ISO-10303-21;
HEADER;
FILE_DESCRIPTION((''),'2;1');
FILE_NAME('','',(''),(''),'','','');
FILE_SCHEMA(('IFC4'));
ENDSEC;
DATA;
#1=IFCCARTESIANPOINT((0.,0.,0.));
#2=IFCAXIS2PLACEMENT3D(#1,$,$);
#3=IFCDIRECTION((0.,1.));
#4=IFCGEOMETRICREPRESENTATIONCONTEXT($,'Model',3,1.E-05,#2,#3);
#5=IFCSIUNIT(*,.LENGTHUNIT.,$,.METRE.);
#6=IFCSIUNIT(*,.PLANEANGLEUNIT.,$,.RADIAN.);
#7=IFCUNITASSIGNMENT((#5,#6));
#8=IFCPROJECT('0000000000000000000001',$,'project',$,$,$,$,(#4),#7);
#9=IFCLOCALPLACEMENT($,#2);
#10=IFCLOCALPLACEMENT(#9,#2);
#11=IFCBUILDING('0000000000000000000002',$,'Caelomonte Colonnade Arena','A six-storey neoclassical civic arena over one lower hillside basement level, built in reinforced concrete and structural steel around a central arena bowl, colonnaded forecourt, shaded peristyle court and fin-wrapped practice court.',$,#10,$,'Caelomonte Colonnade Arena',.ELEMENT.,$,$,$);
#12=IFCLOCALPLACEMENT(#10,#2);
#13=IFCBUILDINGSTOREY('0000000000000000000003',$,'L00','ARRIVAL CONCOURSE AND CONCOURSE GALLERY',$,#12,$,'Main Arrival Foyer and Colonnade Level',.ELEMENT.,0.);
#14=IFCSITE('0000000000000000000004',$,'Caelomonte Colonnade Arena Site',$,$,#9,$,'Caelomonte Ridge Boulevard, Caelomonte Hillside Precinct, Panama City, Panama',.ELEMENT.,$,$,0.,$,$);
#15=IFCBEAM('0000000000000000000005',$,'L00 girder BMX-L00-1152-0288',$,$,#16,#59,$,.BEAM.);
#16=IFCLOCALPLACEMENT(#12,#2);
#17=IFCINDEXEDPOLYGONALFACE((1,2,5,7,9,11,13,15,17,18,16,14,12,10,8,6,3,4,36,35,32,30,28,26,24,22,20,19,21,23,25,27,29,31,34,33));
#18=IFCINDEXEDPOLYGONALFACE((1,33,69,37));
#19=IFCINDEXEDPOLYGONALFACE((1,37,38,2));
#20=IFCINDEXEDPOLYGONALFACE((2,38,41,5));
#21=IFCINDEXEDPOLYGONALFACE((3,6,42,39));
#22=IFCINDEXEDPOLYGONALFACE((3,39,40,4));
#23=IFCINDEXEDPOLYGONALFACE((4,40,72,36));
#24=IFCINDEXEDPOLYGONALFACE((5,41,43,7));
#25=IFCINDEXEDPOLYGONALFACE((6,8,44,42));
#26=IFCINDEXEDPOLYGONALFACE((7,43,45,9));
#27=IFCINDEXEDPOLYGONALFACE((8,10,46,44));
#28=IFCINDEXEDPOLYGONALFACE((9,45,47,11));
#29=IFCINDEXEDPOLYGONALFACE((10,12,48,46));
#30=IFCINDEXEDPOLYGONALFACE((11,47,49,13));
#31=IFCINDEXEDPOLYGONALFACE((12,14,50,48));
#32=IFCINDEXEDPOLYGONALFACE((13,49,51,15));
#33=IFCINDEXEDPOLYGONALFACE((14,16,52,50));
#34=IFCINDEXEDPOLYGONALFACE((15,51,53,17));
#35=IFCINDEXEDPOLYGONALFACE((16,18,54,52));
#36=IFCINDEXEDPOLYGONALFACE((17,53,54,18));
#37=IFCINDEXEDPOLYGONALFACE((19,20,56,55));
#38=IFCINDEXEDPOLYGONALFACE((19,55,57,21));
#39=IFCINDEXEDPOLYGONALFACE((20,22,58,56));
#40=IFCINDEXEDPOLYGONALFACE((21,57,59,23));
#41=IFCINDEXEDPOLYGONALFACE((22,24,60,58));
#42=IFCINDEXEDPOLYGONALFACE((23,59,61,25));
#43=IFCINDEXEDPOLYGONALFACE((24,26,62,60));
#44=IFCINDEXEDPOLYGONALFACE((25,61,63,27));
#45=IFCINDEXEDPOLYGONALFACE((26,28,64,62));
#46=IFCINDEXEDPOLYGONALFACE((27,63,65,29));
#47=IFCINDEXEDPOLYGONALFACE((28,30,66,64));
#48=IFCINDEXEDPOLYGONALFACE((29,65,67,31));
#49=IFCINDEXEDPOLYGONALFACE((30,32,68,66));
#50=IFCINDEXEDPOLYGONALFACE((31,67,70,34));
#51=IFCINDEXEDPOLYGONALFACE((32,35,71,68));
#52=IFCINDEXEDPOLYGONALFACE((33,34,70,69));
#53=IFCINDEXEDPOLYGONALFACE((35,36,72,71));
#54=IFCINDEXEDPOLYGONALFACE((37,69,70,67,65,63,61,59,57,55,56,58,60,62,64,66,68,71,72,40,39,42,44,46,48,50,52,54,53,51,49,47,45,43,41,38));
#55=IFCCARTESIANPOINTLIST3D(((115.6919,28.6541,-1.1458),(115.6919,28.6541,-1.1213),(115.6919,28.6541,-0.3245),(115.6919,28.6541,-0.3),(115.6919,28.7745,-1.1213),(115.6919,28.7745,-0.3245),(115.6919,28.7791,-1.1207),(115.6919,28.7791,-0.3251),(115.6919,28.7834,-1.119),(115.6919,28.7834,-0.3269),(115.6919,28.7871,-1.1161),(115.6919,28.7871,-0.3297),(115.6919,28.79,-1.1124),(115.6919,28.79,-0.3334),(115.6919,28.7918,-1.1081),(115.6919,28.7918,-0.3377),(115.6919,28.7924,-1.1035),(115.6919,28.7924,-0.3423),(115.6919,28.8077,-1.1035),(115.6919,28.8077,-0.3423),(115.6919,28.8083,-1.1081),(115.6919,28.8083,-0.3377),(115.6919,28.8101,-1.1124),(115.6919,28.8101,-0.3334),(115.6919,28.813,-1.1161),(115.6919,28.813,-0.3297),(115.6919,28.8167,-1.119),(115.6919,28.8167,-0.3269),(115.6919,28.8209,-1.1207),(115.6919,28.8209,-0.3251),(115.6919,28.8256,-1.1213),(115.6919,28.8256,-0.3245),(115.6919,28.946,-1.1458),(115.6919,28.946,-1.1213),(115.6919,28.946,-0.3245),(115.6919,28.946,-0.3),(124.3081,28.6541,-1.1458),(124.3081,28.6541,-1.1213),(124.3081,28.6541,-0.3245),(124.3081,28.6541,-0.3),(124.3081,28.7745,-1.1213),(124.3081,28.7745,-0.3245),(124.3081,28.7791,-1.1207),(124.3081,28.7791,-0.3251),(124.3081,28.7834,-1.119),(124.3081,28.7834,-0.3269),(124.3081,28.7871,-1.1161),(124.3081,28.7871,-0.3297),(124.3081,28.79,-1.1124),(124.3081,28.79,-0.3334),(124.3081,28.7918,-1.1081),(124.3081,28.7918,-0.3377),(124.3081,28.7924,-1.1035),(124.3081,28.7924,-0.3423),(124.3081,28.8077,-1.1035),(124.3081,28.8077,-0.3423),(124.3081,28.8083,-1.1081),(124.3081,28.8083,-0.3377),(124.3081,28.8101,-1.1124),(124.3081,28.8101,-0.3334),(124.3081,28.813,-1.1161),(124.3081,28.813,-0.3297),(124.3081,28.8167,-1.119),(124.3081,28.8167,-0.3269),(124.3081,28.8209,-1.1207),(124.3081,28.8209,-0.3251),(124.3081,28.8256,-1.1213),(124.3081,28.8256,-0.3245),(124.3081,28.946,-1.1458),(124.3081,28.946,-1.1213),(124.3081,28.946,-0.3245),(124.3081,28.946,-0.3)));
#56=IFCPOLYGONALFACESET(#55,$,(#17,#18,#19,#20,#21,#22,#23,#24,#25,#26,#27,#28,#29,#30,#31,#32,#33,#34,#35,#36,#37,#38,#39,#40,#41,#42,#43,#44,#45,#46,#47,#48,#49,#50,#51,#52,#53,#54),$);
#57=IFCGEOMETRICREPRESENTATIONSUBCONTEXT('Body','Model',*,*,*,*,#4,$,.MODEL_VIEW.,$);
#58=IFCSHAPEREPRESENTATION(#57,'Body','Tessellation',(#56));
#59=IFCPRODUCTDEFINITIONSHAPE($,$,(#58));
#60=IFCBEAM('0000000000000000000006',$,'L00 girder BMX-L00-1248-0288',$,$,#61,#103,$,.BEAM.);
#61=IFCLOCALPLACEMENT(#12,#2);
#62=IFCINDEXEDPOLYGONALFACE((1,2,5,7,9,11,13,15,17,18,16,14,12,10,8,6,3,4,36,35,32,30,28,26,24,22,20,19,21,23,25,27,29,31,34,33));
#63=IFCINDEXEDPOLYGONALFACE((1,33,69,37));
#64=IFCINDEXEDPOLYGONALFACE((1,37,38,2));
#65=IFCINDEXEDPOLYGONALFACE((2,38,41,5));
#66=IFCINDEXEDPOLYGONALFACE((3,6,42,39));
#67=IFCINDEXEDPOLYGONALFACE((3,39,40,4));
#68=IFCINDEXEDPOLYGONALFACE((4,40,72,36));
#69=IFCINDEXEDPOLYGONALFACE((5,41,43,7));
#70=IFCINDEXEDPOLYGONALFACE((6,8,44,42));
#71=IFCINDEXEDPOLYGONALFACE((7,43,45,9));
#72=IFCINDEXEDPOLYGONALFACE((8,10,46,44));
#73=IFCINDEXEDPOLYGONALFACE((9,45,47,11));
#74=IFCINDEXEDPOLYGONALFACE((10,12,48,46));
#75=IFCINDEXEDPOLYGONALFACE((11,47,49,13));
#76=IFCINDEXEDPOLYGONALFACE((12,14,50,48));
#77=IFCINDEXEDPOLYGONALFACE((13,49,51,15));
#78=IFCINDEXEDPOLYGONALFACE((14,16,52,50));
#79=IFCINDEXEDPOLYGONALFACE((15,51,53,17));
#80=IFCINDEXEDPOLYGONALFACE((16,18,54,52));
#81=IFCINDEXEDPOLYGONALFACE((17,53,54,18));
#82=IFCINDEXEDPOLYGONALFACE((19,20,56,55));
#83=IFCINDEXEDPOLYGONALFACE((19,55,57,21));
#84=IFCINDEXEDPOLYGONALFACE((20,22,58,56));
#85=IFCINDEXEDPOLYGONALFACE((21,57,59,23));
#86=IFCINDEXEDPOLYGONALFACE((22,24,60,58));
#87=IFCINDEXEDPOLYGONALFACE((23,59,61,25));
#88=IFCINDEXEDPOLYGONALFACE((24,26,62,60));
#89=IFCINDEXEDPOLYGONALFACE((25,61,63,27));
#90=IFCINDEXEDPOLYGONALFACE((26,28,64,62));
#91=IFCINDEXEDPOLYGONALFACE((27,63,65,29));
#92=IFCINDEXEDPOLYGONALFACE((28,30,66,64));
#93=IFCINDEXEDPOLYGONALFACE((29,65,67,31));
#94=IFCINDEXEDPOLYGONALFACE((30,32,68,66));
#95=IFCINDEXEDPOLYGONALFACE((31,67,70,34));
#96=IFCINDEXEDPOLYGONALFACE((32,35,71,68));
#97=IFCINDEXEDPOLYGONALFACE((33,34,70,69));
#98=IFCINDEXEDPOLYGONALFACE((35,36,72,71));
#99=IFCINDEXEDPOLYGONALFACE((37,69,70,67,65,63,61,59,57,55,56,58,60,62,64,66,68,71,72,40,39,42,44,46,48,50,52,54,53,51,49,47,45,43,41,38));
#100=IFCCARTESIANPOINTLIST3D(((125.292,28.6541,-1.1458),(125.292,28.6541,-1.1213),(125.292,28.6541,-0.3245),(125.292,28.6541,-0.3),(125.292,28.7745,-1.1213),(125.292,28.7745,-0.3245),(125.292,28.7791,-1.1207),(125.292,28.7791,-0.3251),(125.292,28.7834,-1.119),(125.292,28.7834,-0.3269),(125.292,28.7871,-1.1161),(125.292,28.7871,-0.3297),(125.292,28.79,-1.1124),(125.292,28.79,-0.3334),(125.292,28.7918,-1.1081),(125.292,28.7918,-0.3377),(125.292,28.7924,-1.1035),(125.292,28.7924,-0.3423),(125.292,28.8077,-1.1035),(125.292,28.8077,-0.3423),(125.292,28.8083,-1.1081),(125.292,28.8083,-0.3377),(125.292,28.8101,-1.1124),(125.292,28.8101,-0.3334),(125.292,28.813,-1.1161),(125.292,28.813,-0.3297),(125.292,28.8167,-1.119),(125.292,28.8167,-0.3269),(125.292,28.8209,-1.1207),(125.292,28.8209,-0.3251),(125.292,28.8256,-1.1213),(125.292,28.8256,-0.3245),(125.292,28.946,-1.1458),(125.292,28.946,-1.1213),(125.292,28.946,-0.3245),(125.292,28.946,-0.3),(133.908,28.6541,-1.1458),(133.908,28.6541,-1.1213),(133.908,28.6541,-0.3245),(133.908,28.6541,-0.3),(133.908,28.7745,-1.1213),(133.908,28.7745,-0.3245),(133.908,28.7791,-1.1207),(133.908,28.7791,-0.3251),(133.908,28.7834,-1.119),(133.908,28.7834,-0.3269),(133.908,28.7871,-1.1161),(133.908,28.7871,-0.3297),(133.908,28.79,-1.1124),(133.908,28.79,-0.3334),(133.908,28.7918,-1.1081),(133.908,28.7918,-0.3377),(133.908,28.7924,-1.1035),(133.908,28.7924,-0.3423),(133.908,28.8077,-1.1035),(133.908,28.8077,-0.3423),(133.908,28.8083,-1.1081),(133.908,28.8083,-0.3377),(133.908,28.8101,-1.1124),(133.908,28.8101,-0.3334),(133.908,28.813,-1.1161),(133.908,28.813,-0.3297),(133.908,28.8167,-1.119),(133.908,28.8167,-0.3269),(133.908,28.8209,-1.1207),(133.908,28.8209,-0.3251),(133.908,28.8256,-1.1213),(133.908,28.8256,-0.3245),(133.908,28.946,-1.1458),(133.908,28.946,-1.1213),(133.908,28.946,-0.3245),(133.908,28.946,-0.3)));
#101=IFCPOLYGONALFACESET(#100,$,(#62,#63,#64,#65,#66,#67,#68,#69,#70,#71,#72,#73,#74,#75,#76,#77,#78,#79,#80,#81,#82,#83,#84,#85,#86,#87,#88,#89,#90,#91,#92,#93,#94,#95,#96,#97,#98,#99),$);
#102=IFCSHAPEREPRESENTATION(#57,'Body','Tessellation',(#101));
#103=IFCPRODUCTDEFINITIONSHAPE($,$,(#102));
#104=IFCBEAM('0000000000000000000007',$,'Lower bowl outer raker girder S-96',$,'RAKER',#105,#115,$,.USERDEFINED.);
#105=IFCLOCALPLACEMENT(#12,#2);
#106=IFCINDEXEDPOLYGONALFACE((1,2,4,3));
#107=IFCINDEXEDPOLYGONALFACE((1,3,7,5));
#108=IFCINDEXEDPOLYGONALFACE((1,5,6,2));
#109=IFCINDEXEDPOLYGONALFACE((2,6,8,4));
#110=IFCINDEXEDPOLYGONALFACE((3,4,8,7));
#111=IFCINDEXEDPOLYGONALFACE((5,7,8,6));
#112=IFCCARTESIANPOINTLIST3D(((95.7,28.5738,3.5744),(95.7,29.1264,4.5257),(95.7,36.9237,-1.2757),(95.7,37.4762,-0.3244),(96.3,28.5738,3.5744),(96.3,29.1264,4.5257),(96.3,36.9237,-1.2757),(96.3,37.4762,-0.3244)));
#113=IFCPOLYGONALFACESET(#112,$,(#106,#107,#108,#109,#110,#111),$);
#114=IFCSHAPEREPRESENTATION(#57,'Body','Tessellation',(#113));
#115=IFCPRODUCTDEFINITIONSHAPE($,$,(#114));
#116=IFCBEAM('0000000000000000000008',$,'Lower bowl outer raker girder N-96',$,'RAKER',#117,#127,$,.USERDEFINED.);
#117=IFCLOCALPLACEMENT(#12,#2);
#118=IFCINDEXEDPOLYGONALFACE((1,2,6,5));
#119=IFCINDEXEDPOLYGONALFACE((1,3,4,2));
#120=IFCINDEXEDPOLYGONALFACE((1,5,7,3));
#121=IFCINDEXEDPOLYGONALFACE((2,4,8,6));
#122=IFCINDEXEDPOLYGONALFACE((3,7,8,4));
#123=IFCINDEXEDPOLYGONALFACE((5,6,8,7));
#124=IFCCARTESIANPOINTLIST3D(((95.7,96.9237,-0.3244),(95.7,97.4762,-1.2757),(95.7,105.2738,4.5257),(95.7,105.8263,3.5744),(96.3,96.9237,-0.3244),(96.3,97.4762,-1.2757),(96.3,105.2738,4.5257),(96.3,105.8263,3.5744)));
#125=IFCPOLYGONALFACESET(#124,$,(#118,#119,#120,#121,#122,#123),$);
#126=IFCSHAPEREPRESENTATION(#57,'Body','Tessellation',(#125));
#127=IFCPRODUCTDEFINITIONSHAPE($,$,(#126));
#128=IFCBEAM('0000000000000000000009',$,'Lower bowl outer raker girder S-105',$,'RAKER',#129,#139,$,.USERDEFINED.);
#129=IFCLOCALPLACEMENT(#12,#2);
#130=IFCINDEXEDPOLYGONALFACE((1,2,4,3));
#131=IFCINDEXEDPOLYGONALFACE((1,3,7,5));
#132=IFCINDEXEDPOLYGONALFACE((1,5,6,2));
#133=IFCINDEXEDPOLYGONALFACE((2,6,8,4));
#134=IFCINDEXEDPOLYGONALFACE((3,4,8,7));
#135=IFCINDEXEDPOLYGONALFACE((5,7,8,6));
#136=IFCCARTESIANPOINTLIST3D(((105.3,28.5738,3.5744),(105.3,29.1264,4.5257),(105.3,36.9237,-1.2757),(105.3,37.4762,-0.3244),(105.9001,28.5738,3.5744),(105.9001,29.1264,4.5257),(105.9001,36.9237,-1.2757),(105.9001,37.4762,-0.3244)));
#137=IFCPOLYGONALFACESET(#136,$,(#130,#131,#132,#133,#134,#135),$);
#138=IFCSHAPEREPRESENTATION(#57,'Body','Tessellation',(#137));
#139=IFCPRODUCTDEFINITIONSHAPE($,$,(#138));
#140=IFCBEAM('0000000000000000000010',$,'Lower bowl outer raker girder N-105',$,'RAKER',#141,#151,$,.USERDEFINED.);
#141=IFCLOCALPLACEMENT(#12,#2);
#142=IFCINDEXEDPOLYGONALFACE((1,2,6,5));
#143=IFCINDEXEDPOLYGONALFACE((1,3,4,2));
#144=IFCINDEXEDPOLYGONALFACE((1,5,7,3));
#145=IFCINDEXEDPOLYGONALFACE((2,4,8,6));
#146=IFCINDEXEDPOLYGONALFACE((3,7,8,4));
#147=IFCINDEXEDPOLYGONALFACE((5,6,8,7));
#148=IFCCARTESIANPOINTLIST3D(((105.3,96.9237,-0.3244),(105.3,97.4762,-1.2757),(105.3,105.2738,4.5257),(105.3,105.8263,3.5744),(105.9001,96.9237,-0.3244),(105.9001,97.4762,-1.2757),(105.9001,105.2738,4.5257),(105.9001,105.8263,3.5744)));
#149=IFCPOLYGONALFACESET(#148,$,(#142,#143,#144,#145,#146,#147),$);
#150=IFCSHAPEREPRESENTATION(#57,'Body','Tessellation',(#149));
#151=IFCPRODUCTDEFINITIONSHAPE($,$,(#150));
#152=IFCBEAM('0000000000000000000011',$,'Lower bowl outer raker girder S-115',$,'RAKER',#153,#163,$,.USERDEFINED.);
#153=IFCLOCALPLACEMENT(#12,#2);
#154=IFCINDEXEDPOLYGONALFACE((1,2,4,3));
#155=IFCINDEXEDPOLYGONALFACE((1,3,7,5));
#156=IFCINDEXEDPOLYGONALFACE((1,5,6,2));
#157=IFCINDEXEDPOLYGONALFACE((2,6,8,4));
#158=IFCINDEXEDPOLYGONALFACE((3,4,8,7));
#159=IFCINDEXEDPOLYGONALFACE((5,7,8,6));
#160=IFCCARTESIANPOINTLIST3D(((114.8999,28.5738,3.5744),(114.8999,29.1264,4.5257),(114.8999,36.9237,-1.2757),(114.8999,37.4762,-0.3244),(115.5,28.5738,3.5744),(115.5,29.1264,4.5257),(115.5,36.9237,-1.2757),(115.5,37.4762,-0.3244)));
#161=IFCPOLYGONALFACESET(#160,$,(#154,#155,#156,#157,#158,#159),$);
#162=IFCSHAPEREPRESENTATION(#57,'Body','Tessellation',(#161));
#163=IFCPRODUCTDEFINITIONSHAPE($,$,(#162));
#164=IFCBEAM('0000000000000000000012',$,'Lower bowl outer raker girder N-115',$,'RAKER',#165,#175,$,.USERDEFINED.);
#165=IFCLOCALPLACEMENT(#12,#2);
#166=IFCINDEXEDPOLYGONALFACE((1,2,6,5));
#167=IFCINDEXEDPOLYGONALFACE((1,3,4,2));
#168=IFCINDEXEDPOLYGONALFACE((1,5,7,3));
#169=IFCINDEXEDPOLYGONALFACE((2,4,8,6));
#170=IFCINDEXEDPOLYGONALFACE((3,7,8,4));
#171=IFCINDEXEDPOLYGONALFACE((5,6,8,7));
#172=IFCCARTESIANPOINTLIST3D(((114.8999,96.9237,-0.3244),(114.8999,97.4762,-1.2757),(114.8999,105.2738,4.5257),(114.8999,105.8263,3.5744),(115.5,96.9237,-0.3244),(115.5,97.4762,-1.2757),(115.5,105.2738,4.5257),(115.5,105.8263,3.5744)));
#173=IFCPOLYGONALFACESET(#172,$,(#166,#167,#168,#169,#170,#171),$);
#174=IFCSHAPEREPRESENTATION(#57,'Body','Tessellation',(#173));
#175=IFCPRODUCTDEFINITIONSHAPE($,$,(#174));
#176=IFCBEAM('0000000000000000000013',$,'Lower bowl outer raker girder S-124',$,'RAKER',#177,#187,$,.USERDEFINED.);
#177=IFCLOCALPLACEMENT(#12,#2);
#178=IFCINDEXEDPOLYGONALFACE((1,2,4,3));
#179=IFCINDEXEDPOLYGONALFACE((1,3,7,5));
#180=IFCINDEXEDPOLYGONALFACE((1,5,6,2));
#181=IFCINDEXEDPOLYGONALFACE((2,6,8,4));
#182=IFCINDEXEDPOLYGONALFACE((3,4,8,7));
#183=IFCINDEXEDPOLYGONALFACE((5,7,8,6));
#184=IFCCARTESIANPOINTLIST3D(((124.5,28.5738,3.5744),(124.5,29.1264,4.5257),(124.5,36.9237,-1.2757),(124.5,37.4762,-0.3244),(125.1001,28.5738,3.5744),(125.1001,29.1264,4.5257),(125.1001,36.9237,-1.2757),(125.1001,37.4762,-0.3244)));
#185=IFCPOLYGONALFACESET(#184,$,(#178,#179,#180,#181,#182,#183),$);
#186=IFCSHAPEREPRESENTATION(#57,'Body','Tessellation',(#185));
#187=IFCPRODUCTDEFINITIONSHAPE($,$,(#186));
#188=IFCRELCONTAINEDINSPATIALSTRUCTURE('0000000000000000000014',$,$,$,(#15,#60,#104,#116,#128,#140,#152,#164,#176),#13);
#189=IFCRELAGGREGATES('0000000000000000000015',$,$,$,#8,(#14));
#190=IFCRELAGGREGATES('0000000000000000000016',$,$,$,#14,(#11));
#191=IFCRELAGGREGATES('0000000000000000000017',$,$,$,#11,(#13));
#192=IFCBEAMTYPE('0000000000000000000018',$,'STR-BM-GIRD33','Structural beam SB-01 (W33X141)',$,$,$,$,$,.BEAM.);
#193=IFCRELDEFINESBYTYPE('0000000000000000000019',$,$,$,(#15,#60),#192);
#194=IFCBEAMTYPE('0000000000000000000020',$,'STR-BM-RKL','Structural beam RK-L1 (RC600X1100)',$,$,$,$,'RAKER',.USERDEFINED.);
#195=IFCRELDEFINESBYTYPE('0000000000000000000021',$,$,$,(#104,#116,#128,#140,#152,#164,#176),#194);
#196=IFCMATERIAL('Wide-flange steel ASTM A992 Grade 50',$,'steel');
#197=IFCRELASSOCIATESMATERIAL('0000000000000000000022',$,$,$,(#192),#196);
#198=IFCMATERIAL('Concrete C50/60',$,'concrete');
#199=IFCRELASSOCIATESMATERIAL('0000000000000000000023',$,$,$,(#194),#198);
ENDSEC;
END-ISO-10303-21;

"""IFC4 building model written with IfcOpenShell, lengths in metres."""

from ifc_helpers import new_model, si_unit, direction, frame, origin, origin_2d, place, context, subcontext, project, spatial, rectangle, i_section, extrude, material, material_profile, profile_set, type_object, element, save


model = new_model("IFC4")

# Units and contexts
model_context = context("Model", 3, precision=1e-05, world=origin(), true_north=direction((0.0, 1.0)))
body_context = subcontext(model_context, "Body", "Model", "MODEL_VIEW")
ifc_project = project(units=[si_unit("LENGTHUNIT", "METRE"), si_unit("PLANEANGLEUNIT", "RADIAN")], contexts=[model_context])

# Site, building, storey
site_placement = place(None, origin())
site = spatial("IfcSite", under=ifc_project, at=site_placement, Name="Caelomonte Colonnade Arena Site", LongName="Caelomonte Ridge Boulevard, Caelomonte Hillside Precinct, Panama City, Panama", CompositionType="ELEMENT", RefElevation=0.0)
building_placement = place(site_placement, origin())
building = spatial("IfcBuilding", under=site, at=building_placement, Name="Caelomonte Colonnade Arena", Description="A six-storey neoclassical civic arena over one lower hillside basement level, built in reinforced concrete and structural steel around a central arena bowl, colonnaded forecourt, shaded peristyle court and fin-wrapped practice court.", LongName="Caelomonte Colonnade Arena", CompositionType="ELEMENT")
storey_placement = place(building_placement, origin())
storey = spatial("IfcBuildingStorey", under=building, at=storey_placement, Name="L00", Description="ARRIVAL CONCOURSE AND CONCOURSE GALLERY", LongName="Main Arrival Foyer and Colonnade Level", CompositionType="ELEMENT", Elevation=0.0)

# Shared definitions
ifc_material_1 = material(Name="Concrete C50/60", Category="concrete")

# Beams
ifc_material_2 = material(Name="Wide-flange steel ASTM A992 Grade 50", Category="steel")
ifc_material_profile_1 = material_profile(ifc_material_2, i_section(OverallWidth=0.292, OverallDepth=0.8457, WebThickness=0.0154, FlangeThickness=0.0244, FilletRadius=0.0178, at=origin_2d()), Name="W33X141")
ifc_profile_set_1 = profile_set([ifc_material_profile_1], Name="Wide-flange steel ASTM A992 Grade 50")
beam_type_1 = type_object("IfcBeamType", Name="STR-BM-GIRD33", Description="Structural beam SB-01 (W33X141)", PredefinedType="BEAM", material=ifc_profile_set_1)
beam_1_placement = place(storey_placement, frame((115.6919, 28.8, -0.7229), z_axis=(1.0, 0.0, 0.0), x_axis=(0.0, 1.0, 0.0)))
element("IfcBeam", 1, at=beam_1_placement, inside=storey, type_object=beam_type_1, Name="L00 girder BMX-L00-1152-0288", PredefinedType="BEAM", context=body_context, shape_type="SweptSolid", body=[
    extrude(i_section(OverallWidth=0.292, OverallDepth=0.8457, WebThickness=0.0154, FlangeThickness=0.0244, FilletRadius=0.0178, at=origin_2d()), origin(), (0.0, 0.0, 1.0), 8.6162),
])
beam_2_placement = place(storey_placement, frame((125.292, 28.8, -0.7229), z_axis=(1.0, 0.0, 0.0), x_axis=(0.0, 1.0, 0.0)))
element("IfcBeam", 2, at=beam_2_placement, inside=storey, type_object=beam_type_1, Name="L00 girder BMX-L00-1248-0288", PredefinedType="BEAM", context=body_context, shape_type="SweptSolid", body=[
    extrude(i_section(OverallWidth=0.292, OverallDepth=0.8457, WebThickness=0.0154, FlangeThickness=0.0244, FilletRadius=0.0178, at=origin_2d()), origin(), (0.0, 0.0, 1.0), 8.616),
])
ifc_material_profile_2 = material_profile(ifc_material_1, rectangle(XDim=0.6001, YDim=1.1001, at=origin_2d()), Name="RC600X1100")
ifc_profile_set_2 = profile_set([ifc_material_profile_2], Name="Concrete C50/60")
beam_type_2 = type_object("IfcBeamType", Name="STR-BM-RKL", Description="Structural beam RK-L1 (RC600X1100)", ElementType="RAKER", PredefinedType="USERDEFINED", material=ifc_profile_set_2)
beam_3_placement = place(storey_placement, frame((96.0, 37.2, -0.8), z_axis=(0.0, -0.864708, 0.502275), x_axis=(1.0, 0.0, 0.0)))
element("IfcBeam", 3, at=beam_3_placement, inside=storey, type_object=beam_type_2, Name="Lower bowl outer raker girder S-96", ObjectType="RAKER", PredefinedType="USERDEFINED", context=body_context, shape_type="SweptSolid", body=[
    extrude(rectangle(XDim=0.6001, YDim=1.1001, at=origin_2d()), origin(), (0.0, 0.0, 1.0), 9.6562),
])
beam_4_placement = place(storey_placement, frame((96.0, 97.2, -0.8), z_axis=(0.0, 0.864715, 0.502264), x_axis=(-1.0, 0.0, 0.0)))
element("IfcBeam", 4, at=beam_4_placement, inside=storey, type_object=beam_type_2, Name="Lower bowl outer raker girder N-96", ObjectType="RAKER", PredefinedType="USERDEFINED", context=body_context, shape_type="SweptSolid", body=[
    extrude(rectangle(XDim=0.6001, YDim=1.1001, at=origin_2d()), origin(), (0.0, 0.0, 1.0), 9.6565),
])
beam_5_placement = place(storey_placement, frame((105.6001, 37.2, -0.8), z_axis=(0.0, -0.864708, 0.502275), x_axis=(1.0, 0.0, 0.0)))
element("IfcBeam", 5, at=beam_5_placement, inside=storey, type_object=beam_type_2, Name="Lower bowl outer raker girder S-105", ObjectType="RAKER", PredefinedType="USERDEFINED", context=body_context, shape_type="SweptSolid", body=[
    extrude(rectangle(XDim=0.6001, YDim=1.1001, at=origin_2d()), origin(), (0.0, 0.0, 1.0), 9.6562),
])
beam_6_placement = place(storey_placement, frame((105.6001, 97.2, -0.8), z_axis=(0.0, 0.864715, 0.502264), x_axis=(-1.0, 0.0, 0.0)))
element("IfcBeam", 6, at=beam_6_placement, inside=storey, type_object=beam_type_2, Name="Lower bowl outer raker girder N-105", ObjectType="RAKER", PredefinedType="USERDEFINED", context=body_context, shape_type="SweptSolid", body=[
    extrude(rectangle(XDim=0.6001, YDim=1.1001, at=origin_2d()), origin(), (0.0, 0.0, 1.0), 9.6565),
])
beam_7_placement = place(storey_placement, frame((115.2, 37.2, -0.8), z_axis=(0.0, -0.864708, 0.502275), x_axis=(1.0, 0.0, 0.0)))
element("IfcBeam", 7, at=beam_7_placement, inside=storey, type_object=beam_type_2, Name="Lower bowl outer raker girder S-115", ObjectType="RAKER", PredefinedType="USERDEFINED", context=body_context, shape_type="SweptSolid", body=[
    extrude(rectangle(XDim=0.6001, YDim=1.1001, at=origin_2d()), origin(), (0.0, 0.0, 1.0), 9.6562),
])
beam_8_placement = place(storey_placement, frame((115.2, 97.2, -0.8), z_axis=(0.0, 0.864715, 0.502264), x_axis=(-1.0, 0.0, 0.0)))
element("IfcBeam", 8, at=beam_8_placement, inside=storey, type_object=beam_type_2, Name="Lower bowl outer raker girder N-115", ObjectType="RAKER", PredefinedType="USERDEFINED", context=body_context, shape_type="SweptSolid", body=[
    extrude(rectangle(XDim=0.6001, YDim=1.1001, at=origin_2d()), origin(), (0.0, 0.0, 1.0), 9.6565),
])
beam_9_placement = place(storey_placement, frame((124.8, 37.2, -0.8), z_axis=(0.0, -0.864708, 0.502275), x_axis=(1.0, 0.0, 0.0)))
element("IfcBeam", 9, at=beam_9_placement, inside=storey, type_object=beam_type_2, Name="Lower bowl outer raker girder S-124", ObjectType="RAKER", PredefinedType="USERDEFINED", context=body_context, shape_type="SweptSolid", body=[
    extrude(rectangle(XDim=0.6001, YDim=1.1001, at=origin_2d()), origin(), (0.0, 0.0, 1.0), 9.6562),
])

save(model, "model.ifc")
